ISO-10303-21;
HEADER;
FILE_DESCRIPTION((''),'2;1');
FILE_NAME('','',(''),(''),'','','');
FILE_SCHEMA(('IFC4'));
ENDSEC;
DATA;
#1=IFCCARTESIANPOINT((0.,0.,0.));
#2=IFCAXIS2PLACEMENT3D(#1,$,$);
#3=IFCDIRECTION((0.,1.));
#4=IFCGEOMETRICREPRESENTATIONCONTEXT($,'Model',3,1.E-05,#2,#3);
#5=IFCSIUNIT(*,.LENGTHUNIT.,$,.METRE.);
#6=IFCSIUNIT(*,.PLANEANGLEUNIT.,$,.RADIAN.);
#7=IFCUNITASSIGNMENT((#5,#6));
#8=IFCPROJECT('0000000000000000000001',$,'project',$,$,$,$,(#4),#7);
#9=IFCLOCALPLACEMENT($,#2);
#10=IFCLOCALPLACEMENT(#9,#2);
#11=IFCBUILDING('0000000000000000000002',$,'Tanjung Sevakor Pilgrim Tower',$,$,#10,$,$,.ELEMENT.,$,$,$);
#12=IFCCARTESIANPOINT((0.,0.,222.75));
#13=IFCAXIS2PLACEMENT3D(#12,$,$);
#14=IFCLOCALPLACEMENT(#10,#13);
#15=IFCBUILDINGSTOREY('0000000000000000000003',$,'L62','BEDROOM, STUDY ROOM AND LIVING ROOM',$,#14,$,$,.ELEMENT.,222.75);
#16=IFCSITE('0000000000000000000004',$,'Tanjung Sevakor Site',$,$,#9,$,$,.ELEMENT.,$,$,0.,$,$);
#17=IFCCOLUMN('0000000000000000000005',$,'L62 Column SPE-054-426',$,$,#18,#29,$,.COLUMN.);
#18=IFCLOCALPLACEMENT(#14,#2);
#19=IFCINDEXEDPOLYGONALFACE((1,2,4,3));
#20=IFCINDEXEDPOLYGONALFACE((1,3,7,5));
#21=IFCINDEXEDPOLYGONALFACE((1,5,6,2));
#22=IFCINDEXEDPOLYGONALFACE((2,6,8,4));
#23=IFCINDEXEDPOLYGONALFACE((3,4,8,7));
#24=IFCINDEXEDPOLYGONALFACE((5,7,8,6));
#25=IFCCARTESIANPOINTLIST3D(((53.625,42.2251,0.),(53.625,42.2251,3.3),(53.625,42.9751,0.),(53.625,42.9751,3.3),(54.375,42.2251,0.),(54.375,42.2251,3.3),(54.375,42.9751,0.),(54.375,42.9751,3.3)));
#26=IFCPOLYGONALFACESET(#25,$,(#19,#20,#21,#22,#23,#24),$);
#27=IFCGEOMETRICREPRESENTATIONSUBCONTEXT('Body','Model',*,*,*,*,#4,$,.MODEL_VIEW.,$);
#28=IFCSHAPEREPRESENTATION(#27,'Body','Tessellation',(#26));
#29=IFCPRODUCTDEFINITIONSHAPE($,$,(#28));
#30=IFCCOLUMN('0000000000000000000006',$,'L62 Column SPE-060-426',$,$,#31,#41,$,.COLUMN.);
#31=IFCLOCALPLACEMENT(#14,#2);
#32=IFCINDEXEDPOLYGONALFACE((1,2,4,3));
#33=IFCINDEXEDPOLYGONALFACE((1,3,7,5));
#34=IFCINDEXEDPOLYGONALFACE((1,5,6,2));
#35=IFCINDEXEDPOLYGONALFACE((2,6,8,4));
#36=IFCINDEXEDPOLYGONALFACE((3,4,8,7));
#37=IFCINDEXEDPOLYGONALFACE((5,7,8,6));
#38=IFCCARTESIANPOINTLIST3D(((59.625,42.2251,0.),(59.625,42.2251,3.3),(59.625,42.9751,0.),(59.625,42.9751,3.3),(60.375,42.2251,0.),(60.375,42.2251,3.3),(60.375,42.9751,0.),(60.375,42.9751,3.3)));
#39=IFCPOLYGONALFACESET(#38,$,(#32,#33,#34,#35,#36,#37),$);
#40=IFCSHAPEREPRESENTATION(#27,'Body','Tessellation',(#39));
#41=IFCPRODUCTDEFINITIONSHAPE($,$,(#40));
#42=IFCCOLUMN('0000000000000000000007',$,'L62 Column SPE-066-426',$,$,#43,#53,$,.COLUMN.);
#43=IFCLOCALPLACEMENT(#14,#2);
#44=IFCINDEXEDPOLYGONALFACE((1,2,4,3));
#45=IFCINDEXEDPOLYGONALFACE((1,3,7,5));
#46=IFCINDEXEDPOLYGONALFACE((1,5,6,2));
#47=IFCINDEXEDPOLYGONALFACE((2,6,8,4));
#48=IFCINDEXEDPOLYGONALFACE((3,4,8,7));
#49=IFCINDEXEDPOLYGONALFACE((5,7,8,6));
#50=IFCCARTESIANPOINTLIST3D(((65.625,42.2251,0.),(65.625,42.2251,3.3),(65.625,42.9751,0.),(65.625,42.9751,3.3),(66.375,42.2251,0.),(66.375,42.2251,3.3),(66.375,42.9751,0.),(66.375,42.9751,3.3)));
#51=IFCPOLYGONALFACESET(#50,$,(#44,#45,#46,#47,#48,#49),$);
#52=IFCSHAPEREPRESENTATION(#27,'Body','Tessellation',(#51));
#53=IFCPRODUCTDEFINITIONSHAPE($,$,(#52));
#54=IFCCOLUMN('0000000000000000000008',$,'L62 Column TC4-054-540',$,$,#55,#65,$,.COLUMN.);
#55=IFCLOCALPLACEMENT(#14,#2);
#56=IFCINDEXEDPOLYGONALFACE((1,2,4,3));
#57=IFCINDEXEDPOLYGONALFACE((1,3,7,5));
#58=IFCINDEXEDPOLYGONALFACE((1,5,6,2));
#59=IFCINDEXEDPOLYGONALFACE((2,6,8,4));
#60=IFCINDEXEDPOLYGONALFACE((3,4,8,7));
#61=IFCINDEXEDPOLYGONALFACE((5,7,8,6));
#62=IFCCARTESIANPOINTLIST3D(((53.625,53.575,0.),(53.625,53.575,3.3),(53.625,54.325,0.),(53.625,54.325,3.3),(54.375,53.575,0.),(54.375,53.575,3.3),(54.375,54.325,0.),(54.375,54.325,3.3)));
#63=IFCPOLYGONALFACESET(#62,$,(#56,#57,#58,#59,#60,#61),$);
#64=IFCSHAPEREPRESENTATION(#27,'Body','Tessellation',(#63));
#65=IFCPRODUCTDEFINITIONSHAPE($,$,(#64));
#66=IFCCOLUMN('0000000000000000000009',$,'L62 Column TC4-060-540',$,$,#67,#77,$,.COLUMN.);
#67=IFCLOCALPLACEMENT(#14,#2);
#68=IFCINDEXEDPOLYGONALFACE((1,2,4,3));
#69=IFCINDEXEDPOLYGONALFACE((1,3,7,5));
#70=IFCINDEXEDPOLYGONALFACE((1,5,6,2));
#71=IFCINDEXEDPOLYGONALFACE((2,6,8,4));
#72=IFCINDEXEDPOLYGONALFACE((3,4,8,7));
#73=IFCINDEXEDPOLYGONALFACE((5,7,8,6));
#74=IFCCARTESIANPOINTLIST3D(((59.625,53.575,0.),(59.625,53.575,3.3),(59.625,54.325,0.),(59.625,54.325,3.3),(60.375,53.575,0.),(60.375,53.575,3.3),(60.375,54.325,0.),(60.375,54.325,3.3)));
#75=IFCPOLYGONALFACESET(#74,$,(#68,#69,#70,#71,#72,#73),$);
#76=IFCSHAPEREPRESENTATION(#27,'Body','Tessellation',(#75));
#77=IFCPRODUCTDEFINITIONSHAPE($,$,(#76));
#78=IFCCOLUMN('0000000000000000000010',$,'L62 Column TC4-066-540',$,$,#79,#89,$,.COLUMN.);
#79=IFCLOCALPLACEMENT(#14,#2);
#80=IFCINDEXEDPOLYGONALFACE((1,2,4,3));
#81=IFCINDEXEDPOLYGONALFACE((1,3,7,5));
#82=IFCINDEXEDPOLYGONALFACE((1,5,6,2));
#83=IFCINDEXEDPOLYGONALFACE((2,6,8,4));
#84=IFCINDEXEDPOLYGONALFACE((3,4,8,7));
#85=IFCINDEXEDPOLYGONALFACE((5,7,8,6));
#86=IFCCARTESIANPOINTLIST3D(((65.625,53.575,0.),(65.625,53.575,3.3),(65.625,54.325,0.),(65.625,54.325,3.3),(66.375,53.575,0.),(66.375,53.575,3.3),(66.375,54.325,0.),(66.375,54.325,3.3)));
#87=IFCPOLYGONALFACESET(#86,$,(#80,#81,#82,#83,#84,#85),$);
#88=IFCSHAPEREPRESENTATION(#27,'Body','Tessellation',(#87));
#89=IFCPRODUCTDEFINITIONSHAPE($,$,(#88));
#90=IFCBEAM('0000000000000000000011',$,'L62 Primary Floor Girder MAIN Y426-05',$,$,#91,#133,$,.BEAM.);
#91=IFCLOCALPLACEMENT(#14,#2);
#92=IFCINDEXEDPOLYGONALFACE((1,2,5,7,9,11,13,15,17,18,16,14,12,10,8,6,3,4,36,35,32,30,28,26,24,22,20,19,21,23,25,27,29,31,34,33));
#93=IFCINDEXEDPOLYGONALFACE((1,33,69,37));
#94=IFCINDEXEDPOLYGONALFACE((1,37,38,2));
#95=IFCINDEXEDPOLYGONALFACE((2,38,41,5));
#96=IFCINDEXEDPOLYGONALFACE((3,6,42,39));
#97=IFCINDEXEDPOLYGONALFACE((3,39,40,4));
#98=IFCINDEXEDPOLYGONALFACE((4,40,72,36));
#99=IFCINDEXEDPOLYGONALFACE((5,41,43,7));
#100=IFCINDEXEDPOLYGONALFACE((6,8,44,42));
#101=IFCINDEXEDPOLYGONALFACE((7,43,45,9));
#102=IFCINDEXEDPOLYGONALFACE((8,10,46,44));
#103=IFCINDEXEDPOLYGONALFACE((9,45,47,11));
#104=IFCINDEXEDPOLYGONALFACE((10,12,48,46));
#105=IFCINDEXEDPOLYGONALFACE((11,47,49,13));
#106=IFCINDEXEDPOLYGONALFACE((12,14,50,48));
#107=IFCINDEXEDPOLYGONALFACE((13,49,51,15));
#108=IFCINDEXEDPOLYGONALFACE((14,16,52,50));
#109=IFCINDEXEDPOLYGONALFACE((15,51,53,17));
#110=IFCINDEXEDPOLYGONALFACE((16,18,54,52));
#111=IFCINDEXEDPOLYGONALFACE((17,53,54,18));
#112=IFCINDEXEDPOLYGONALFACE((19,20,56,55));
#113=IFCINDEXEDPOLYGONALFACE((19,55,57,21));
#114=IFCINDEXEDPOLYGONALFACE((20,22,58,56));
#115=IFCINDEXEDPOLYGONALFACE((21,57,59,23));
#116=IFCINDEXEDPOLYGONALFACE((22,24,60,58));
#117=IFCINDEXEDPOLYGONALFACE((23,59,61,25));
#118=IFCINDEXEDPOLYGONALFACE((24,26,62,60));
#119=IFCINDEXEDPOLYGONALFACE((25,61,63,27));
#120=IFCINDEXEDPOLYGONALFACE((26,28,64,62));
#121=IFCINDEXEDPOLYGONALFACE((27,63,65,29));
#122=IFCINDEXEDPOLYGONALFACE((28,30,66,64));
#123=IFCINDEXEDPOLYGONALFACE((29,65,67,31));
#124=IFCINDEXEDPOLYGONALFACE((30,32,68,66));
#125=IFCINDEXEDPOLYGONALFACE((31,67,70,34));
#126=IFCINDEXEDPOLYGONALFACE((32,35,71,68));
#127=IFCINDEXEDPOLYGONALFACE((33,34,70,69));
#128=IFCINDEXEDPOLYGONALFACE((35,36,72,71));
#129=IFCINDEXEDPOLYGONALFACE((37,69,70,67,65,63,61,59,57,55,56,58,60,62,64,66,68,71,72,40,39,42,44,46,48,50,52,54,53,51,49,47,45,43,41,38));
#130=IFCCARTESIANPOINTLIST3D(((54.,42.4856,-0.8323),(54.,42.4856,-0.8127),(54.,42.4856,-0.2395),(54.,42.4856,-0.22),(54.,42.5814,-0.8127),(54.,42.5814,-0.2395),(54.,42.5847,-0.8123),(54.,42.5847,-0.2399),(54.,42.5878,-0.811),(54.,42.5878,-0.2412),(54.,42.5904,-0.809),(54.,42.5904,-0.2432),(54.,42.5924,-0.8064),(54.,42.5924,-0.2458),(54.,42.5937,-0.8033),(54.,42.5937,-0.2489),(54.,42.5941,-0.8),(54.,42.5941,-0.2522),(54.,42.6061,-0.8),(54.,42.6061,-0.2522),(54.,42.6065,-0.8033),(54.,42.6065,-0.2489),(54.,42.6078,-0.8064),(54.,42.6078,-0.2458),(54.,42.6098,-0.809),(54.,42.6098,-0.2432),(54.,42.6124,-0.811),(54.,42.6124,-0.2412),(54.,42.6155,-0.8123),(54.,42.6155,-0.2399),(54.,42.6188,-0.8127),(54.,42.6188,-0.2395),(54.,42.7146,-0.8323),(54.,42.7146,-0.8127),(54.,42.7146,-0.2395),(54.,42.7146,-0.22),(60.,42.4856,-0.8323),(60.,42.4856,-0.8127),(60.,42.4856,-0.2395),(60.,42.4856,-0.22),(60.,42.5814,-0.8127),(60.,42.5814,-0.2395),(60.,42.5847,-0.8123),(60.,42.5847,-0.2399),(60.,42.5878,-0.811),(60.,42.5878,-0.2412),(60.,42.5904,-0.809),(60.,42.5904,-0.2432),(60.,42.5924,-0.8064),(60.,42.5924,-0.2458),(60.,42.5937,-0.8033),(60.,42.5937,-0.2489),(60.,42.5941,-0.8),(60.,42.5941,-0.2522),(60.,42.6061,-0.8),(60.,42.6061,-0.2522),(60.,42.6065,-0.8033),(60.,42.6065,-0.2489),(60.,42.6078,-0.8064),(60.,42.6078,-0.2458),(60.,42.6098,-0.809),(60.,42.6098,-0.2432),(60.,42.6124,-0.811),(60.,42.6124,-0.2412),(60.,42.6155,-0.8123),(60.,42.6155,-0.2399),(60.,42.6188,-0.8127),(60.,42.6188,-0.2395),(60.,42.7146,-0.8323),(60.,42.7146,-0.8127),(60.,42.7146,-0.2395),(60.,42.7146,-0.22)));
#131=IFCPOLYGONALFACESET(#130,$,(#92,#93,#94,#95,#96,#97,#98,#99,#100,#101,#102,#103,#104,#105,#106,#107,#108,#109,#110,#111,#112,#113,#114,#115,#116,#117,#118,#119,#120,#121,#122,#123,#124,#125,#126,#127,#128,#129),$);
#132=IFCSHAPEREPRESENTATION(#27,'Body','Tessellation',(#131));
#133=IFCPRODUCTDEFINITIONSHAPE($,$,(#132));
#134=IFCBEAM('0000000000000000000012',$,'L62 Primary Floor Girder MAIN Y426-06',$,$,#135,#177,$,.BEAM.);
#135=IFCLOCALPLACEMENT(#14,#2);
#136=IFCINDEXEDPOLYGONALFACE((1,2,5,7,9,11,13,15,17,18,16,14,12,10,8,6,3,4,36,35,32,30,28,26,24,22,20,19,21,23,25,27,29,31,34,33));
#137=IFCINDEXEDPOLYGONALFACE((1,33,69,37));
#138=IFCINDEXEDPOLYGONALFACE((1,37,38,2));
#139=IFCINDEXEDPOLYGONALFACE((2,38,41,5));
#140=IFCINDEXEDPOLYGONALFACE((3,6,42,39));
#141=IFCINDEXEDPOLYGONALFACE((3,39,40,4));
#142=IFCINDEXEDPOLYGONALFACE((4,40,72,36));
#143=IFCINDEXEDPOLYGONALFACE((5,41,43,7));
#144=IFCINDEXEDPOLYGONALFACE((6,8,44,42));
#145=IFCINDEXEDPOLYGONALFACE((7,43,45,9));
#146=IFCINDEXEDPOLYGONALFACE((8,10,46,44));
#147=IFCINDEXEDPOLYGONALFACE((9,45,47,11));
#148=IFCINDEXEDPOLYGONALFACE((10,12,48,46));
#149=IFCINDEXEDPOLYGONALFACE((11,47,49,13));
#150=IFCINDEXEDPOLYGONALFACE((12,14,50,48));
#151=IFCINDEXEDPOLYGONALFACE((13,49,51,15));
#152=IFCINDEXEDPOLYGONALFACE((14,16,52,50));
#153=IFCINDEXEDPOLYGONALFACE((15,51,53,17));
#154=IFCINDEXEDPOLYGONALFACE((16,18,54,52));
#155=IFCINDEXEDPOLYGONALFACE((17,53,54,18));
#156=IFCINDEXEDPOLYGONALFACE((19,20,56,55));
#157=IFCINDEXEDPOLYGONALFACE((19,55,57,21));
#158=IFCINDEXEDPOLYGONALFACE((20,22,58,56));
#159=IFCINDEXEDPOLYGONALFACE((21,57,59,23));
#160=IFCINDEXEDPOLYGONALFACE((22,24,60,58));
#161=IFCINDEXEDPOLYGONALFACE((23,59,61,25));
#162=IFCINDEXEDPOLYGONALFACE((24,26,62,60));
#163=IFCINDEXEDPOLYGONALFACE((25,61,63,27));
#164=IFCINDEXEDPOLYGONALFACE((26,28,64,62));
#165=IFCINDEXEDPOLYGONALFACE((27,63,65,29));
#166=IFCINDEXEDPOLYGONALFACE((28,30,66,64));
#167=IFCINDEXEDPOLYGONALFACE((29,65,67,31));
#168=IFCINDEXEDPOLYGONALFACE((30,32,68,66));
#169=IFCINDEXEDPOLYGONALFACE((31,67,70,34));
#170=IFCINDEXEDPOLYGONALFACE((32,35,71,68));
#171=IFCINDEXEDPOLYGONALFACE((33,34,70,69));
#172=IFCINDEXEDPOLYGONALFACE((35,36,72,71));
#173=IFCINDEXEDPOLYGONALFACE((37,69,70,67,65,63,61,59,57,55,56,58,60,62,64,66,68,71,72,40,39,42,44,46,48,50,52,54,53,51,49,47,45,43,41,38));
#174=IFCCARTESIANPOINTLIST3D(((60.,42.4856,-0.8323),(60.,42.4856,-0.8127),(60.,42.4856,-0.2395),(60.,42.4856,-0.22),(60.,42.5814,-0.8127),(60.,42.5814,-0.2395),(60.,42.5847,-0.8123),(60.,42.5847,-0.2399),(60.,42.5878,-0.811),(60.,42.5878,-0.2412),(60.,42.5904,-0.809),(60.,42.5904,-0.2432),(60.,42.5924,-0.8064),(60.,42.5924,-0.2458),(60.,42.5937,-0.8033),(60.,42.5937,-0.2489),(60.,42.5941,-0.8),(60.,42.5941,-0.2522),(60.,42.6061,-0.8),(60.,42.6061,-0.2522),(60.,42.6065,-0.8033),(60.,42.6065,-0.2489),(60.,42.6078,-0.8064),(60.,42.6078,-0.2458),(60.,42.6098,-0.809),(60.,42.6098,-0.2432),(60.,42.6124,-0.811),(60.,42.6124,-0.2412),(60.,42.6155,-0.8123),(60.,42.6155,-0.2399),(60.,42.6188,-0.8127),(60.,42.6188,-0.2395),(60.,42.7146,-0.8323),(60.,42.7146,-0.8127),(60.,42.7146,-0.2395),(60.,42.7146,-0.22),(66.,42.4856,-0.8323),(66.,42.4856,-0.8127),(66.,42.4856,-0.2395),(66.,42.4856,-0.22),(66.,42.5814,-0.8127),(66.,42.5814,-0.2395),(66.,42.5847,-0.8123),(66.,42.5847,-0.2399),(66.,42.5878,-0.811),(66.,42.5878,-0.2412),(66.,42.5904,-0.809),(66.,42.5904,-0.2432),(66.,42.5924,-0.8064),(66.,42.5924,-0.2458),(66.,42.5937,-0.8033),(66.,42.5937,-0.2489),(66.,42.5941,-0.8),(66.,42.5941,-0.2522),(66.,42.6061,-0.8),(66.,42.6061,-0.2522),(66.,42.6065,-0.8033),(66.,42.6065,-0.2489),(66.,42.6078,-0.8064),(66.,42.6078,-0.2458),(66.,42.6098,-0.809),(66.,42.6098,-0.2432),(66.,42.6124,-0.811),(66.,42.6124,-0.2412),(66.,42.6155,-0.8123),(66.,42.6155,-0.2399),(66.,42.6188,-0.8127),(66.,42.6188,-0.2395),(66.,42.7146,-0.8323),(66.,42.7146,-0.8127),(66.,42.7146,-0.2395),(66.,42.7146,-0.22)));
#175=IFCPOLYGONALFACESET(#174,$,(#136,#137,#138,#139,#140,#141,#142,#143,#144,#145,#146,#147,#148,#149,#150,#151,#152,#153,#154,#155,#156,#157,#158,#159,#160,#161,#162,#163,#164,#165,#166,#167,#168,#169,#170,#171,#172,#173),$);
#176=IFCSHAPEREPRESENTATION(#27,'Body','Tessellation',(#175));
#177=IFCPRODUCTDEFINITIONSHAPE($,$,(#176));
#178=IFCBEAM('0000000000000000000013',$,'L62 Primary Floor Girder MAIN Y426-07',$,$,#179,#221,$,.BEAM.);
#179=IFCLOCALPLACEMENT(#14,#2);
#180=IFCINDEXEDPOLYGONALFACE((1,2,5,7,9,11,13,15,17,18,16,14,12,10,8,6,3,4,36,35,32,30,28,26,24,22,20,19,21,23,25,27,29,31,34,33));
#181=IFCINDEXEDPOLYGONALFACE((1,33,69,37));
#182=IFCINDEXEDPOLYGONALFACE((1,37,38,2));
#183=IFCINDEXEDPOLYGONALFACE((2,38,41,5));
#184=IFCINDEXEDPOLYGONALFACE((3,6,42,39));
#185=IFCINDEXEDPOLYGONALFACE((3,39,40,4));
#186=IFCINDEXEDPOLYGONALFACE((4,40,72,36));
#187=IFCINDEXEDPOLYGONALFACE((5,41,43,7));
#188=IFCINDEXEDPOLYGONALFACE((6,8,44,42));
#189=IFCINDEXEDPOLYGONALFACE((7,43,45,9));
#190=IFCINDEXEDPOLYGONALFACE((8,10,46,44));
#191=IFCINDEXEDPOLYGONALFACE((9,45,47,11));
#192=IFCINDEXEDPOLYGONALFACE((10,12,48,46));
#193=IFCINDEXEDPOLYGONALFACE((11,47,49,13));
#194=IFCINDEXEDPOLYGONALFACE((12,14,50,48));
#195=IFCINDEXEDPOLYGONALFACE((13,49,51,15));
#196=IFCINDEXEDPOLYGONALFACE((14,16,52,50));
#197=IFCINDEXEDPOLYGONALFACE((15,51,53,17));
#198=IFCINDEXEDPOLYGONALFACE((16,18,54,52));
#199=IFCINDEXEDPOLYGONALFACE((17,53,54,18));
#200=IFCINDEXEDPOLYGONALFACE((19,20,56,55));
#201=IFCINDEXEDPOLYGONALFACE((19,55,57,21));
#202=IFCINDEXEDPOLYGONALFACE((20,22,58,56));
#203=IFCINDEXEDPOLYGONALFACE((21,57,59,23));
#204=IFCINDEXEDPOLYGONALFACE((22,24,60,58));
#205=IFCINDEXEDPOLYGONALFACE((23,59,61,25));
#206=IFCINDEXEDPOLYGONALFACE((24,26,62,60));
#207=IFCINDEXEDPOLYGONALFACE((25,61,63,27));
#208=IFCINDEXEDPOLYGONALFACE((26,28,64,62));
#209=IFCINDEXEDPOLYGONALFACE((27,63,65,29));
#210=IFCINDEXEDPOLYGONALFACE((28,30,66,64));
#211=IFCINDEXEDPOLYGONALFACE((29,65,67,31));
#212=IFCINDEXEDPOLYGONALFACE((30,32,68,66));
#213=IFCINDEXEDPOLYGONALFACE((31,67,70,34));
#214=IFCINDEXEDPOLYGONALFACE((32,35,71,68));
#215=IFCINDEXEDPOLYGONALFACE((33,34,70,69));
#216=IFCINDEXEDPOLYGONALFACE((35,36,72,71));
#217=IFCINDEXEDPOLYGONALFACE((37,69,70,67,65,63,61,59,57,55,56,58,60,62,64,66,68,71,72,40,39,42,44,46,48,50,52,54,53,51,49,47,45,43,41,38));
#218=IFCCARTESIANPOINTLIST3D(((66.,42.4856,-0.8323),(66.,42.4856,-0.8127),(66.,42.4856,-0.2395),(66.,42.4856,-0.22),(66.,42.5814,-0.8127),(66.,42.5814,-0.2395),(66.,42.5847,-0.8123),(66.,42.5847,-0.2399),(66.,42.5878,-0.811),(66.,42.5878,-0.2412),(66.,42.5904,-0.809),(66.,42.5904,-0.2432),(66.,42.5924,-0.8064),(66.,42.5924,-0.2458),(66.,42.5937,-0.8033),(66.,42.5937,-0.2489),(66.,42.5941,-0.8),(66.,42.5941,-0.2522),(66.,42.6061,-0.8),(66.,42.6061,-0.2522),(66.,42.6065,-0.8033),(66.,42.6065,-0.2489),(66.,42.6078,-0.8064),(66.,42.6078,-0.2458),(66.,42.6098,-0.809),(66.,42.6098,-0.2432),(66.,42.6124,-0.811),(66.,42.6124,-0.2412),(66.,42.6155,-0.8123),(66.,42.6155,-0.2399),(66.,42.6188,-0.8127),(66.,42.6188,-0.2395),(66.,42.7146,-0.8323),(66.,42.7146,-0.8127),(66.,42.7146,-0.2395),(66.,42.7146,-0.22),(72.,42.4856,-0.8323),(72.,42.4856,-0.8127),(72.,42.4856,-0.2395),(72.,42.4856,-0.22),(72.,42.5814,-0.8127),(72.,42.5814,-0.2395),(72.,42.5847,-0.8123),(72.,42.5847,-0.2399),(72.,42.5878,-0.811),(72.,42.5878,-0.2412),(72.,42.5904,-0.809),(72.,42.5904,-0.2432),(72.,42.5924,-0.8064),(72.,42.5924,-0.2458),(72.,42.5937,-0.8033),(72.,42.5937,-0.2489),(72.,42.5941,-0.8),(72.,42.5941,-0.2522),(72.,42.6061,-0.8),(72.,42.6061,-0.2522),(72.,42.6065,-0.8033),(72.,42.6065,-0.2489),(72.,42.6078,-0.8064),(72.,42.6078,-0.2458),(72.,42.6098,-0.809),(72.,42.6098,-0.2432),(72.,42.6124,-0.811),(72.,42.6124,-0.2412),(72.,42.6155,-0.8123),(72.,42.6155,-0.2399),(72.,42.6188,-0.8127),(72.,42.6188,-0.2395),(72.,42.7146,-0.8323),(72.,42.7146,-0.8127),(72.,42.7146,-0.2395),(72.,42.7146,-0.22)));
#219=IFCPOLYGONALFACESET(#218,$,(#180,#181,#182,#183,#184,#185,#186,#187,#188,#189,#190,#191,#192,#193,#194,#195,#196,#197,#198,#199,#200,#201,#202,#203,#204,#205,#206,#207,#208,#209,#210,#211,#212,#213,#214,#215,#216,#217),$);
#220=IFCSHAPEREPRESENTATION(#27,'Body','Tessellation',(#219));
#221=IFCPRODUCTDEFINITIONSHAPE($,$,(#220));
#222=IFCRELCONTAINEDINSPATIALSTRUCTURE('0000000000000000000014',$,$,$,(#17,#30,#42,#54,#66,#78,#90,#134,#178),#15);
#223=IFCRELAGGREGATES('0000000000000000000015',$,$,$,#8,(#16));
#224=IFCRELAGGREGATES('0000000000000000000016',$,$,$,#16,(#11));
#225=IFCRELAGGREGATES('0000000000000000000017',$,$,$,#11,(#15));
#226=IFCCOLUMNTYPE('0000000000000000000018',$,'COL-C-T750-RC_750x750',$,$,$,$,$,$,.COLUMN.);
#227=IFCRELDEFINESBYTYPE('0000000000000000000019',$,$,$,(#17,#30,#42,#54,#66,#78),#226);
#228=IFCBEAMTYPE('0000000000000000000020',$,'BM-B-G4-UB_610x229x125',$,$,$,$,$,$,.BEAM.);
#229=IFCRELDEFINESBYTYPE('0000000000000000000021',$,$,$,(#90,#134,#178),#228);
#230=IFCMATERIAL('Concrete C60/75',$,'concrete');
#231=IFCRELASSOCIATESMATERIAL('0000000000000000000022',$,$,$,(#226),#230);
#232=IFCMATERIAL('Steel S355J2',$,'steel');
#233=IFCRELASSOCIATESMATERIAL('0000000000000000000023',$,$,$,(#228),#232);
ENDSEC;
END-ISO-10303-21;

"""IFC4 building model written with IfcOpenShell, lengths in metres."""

from ifc_helpers import new_model, si_unit, direction, frame, origin, origin_2d, place, context, subcontext, project, spatial, rectangle, i_section, extrude, material, material_profile, profile_set, type_object, element, save


model = new_model("IFC4")

# Units and contexts
model_context = context("Model", 3, precision=1e-05, world=origin(), true_north=direction((0.0, 1.0)))
body_context = subcontext(model_context, "Body", "Model", "MODEL_VIEW")
ifc_project = project(units=[si_unit("LENGTHUNIT", "METRE"), si_unit("PLANEANGLEUNIT", "RADIAN")], contexts=[model_context])

# Site, building, storey
site_placement = place(None, origin())
site = spatial("IfcSite", under=ifc_project, at=site_placement, Name="Tanjung Sevakor Site", CompositionType="ELEMENT", RefElevation=0.0)
building_placement = place(site_placement, origin())
building = spatial("IfcBuilding", under=site, at=building_placement, Name="Tanjung Sevakor Pilgrim Tower", CompositionType="ELEMENT")
storey_placement = place(building_placement, frame((0.0, 0.0, 222.75)))
storey = spatial("IfcBuildingStorey", under=building, at=storey_placement, Name="L62", Description="BEDROOM, STUDY ROOM AND LIVING ROOM", CompositionType="ELEMENT", Elevation=222.75)

# Columns
ifc_material_1 = material(Name="Concrete C60/75", Category="concrete")
ifc_material_profile_1 = material_profile(ifc_material_1, rectangle(XDim=0.75, YDim=0.75, at=origin_2d()))
ifc_profile_set_1 = profile_set([ifc_material_profile_1], Name="Concrete C60/75")
column_type = type_object("IfcColumnType", Name="COL-C-T750-RC_750x750", PredefinedType="COLUMN", material=ifc_profile_set_1)
for number, where, z_axis, x_axis, name in (
    (1, (54.0, 42.6001, 0.0), (0.0, 0.0, 1.0), (1.0, 0.0, 0.0), "L62 Column SPE-054-426"),
    (2, (60.0, 42.6001, 0.0), (0.0, 0.0, 1.0), (1.0, 0.0, 0.0), "L62 Column SPE-060-426"),
    (3, (66.0, 42.6001, 0.0), (0.0, 0.0, 1.0), (1.0, 0.0, 0.0), "L62 Column SPE-066-426"),
    (4, (54.0, 53.95, 0.0), (0.0, 0.0, 1.0), (1.0, 0.0, 0.0), "L62 Column TC4-054-540"),
    (5, (60.0, 53.95, 0.0), (0.0, 0.0, 1.0), (1.0, 0.0, 0.0), "L62 Column TC4-060-540"),
    (6, (66.0, 53.95, 0.0), (0.0, 0.0, 1.0), (1.0, 0.0, 0.0), "L62 Column TC4-066-540"),
):
    element("IfcColumn", number, at=place(storey_placement, frame(where, z_axis=z_axis, x_axis=x_axis)), inside=storey, type_object=column_type, Name=name, PredefinedType="COLUMN", context=body_context, shape_type="SweptSolid", body=[
        extrude(rectangle(XDim=0.75, YDim=0.75, at=origin_2d()), origin(), (0.0, 0.0, 1.0), 3.3),
    ])

# Beams
ifc_material_2 = material(Name="Steel S355J2", Category="steel")
ifc_material_profile_2 = material_profile(ifc_material_2, i_section(OverallWidth=0.229, OverallDepth=0.6123, WebThickness=0.012, FlangeThickness=0.0195, FilletRadius=0.0127, at=origin_2d()))
ifc_profile_set_2 = profile_set([ifc_material_profile_2], Name="Steel S355J2")
beam_type_1 = type_object("IfcBeamType", Name="BM-B-G4-UB_610x229x125", PredefinedType="BEAM", material=ifc_profile_set_2)
for number, where, z_axis, x_axis, name in (
    (7, (54.0, 42.6001, -0.5261), (1.0, 0.0, 0.0), (0.0, 1.0, 0.0), "L62 Primary Floor Girder MAIN Y426-05"),
    (8, (60.0, 42.6001, -0.5261), (1.0, 0.0, 0.0), (0.0, 1.0, 0.0), "L62 Primary Floor Girder MAIN Y426-06"),
    (9, (66.0, 42.6001, -0.5261), (1.0, 0.0, 0.0), (0.0, 1.0, 0.0), "L62 Primary Floor Girder MAIN Y426-07"),
):
    element("IfcBeam", number, at=place(storey_placement, frame(where, z_axis=z_axis, x_axis=x_axis)), inside=storey, type_object=beam_type_1, Name=name, PredefinedType="BEAM", context=body_context, shape_type="SweptSolid", body=[
        extrude(i_section(OverallWidth=0.229, OverallDepth=0.6123, WebThickness=0.012, FlangeThickness=0.0195, FilletRadius=0.0127, at=origin_2d()), origin(), (0.0, 0.0, 1.0), 6.0),
    ])

save(model, "model.ifc")
